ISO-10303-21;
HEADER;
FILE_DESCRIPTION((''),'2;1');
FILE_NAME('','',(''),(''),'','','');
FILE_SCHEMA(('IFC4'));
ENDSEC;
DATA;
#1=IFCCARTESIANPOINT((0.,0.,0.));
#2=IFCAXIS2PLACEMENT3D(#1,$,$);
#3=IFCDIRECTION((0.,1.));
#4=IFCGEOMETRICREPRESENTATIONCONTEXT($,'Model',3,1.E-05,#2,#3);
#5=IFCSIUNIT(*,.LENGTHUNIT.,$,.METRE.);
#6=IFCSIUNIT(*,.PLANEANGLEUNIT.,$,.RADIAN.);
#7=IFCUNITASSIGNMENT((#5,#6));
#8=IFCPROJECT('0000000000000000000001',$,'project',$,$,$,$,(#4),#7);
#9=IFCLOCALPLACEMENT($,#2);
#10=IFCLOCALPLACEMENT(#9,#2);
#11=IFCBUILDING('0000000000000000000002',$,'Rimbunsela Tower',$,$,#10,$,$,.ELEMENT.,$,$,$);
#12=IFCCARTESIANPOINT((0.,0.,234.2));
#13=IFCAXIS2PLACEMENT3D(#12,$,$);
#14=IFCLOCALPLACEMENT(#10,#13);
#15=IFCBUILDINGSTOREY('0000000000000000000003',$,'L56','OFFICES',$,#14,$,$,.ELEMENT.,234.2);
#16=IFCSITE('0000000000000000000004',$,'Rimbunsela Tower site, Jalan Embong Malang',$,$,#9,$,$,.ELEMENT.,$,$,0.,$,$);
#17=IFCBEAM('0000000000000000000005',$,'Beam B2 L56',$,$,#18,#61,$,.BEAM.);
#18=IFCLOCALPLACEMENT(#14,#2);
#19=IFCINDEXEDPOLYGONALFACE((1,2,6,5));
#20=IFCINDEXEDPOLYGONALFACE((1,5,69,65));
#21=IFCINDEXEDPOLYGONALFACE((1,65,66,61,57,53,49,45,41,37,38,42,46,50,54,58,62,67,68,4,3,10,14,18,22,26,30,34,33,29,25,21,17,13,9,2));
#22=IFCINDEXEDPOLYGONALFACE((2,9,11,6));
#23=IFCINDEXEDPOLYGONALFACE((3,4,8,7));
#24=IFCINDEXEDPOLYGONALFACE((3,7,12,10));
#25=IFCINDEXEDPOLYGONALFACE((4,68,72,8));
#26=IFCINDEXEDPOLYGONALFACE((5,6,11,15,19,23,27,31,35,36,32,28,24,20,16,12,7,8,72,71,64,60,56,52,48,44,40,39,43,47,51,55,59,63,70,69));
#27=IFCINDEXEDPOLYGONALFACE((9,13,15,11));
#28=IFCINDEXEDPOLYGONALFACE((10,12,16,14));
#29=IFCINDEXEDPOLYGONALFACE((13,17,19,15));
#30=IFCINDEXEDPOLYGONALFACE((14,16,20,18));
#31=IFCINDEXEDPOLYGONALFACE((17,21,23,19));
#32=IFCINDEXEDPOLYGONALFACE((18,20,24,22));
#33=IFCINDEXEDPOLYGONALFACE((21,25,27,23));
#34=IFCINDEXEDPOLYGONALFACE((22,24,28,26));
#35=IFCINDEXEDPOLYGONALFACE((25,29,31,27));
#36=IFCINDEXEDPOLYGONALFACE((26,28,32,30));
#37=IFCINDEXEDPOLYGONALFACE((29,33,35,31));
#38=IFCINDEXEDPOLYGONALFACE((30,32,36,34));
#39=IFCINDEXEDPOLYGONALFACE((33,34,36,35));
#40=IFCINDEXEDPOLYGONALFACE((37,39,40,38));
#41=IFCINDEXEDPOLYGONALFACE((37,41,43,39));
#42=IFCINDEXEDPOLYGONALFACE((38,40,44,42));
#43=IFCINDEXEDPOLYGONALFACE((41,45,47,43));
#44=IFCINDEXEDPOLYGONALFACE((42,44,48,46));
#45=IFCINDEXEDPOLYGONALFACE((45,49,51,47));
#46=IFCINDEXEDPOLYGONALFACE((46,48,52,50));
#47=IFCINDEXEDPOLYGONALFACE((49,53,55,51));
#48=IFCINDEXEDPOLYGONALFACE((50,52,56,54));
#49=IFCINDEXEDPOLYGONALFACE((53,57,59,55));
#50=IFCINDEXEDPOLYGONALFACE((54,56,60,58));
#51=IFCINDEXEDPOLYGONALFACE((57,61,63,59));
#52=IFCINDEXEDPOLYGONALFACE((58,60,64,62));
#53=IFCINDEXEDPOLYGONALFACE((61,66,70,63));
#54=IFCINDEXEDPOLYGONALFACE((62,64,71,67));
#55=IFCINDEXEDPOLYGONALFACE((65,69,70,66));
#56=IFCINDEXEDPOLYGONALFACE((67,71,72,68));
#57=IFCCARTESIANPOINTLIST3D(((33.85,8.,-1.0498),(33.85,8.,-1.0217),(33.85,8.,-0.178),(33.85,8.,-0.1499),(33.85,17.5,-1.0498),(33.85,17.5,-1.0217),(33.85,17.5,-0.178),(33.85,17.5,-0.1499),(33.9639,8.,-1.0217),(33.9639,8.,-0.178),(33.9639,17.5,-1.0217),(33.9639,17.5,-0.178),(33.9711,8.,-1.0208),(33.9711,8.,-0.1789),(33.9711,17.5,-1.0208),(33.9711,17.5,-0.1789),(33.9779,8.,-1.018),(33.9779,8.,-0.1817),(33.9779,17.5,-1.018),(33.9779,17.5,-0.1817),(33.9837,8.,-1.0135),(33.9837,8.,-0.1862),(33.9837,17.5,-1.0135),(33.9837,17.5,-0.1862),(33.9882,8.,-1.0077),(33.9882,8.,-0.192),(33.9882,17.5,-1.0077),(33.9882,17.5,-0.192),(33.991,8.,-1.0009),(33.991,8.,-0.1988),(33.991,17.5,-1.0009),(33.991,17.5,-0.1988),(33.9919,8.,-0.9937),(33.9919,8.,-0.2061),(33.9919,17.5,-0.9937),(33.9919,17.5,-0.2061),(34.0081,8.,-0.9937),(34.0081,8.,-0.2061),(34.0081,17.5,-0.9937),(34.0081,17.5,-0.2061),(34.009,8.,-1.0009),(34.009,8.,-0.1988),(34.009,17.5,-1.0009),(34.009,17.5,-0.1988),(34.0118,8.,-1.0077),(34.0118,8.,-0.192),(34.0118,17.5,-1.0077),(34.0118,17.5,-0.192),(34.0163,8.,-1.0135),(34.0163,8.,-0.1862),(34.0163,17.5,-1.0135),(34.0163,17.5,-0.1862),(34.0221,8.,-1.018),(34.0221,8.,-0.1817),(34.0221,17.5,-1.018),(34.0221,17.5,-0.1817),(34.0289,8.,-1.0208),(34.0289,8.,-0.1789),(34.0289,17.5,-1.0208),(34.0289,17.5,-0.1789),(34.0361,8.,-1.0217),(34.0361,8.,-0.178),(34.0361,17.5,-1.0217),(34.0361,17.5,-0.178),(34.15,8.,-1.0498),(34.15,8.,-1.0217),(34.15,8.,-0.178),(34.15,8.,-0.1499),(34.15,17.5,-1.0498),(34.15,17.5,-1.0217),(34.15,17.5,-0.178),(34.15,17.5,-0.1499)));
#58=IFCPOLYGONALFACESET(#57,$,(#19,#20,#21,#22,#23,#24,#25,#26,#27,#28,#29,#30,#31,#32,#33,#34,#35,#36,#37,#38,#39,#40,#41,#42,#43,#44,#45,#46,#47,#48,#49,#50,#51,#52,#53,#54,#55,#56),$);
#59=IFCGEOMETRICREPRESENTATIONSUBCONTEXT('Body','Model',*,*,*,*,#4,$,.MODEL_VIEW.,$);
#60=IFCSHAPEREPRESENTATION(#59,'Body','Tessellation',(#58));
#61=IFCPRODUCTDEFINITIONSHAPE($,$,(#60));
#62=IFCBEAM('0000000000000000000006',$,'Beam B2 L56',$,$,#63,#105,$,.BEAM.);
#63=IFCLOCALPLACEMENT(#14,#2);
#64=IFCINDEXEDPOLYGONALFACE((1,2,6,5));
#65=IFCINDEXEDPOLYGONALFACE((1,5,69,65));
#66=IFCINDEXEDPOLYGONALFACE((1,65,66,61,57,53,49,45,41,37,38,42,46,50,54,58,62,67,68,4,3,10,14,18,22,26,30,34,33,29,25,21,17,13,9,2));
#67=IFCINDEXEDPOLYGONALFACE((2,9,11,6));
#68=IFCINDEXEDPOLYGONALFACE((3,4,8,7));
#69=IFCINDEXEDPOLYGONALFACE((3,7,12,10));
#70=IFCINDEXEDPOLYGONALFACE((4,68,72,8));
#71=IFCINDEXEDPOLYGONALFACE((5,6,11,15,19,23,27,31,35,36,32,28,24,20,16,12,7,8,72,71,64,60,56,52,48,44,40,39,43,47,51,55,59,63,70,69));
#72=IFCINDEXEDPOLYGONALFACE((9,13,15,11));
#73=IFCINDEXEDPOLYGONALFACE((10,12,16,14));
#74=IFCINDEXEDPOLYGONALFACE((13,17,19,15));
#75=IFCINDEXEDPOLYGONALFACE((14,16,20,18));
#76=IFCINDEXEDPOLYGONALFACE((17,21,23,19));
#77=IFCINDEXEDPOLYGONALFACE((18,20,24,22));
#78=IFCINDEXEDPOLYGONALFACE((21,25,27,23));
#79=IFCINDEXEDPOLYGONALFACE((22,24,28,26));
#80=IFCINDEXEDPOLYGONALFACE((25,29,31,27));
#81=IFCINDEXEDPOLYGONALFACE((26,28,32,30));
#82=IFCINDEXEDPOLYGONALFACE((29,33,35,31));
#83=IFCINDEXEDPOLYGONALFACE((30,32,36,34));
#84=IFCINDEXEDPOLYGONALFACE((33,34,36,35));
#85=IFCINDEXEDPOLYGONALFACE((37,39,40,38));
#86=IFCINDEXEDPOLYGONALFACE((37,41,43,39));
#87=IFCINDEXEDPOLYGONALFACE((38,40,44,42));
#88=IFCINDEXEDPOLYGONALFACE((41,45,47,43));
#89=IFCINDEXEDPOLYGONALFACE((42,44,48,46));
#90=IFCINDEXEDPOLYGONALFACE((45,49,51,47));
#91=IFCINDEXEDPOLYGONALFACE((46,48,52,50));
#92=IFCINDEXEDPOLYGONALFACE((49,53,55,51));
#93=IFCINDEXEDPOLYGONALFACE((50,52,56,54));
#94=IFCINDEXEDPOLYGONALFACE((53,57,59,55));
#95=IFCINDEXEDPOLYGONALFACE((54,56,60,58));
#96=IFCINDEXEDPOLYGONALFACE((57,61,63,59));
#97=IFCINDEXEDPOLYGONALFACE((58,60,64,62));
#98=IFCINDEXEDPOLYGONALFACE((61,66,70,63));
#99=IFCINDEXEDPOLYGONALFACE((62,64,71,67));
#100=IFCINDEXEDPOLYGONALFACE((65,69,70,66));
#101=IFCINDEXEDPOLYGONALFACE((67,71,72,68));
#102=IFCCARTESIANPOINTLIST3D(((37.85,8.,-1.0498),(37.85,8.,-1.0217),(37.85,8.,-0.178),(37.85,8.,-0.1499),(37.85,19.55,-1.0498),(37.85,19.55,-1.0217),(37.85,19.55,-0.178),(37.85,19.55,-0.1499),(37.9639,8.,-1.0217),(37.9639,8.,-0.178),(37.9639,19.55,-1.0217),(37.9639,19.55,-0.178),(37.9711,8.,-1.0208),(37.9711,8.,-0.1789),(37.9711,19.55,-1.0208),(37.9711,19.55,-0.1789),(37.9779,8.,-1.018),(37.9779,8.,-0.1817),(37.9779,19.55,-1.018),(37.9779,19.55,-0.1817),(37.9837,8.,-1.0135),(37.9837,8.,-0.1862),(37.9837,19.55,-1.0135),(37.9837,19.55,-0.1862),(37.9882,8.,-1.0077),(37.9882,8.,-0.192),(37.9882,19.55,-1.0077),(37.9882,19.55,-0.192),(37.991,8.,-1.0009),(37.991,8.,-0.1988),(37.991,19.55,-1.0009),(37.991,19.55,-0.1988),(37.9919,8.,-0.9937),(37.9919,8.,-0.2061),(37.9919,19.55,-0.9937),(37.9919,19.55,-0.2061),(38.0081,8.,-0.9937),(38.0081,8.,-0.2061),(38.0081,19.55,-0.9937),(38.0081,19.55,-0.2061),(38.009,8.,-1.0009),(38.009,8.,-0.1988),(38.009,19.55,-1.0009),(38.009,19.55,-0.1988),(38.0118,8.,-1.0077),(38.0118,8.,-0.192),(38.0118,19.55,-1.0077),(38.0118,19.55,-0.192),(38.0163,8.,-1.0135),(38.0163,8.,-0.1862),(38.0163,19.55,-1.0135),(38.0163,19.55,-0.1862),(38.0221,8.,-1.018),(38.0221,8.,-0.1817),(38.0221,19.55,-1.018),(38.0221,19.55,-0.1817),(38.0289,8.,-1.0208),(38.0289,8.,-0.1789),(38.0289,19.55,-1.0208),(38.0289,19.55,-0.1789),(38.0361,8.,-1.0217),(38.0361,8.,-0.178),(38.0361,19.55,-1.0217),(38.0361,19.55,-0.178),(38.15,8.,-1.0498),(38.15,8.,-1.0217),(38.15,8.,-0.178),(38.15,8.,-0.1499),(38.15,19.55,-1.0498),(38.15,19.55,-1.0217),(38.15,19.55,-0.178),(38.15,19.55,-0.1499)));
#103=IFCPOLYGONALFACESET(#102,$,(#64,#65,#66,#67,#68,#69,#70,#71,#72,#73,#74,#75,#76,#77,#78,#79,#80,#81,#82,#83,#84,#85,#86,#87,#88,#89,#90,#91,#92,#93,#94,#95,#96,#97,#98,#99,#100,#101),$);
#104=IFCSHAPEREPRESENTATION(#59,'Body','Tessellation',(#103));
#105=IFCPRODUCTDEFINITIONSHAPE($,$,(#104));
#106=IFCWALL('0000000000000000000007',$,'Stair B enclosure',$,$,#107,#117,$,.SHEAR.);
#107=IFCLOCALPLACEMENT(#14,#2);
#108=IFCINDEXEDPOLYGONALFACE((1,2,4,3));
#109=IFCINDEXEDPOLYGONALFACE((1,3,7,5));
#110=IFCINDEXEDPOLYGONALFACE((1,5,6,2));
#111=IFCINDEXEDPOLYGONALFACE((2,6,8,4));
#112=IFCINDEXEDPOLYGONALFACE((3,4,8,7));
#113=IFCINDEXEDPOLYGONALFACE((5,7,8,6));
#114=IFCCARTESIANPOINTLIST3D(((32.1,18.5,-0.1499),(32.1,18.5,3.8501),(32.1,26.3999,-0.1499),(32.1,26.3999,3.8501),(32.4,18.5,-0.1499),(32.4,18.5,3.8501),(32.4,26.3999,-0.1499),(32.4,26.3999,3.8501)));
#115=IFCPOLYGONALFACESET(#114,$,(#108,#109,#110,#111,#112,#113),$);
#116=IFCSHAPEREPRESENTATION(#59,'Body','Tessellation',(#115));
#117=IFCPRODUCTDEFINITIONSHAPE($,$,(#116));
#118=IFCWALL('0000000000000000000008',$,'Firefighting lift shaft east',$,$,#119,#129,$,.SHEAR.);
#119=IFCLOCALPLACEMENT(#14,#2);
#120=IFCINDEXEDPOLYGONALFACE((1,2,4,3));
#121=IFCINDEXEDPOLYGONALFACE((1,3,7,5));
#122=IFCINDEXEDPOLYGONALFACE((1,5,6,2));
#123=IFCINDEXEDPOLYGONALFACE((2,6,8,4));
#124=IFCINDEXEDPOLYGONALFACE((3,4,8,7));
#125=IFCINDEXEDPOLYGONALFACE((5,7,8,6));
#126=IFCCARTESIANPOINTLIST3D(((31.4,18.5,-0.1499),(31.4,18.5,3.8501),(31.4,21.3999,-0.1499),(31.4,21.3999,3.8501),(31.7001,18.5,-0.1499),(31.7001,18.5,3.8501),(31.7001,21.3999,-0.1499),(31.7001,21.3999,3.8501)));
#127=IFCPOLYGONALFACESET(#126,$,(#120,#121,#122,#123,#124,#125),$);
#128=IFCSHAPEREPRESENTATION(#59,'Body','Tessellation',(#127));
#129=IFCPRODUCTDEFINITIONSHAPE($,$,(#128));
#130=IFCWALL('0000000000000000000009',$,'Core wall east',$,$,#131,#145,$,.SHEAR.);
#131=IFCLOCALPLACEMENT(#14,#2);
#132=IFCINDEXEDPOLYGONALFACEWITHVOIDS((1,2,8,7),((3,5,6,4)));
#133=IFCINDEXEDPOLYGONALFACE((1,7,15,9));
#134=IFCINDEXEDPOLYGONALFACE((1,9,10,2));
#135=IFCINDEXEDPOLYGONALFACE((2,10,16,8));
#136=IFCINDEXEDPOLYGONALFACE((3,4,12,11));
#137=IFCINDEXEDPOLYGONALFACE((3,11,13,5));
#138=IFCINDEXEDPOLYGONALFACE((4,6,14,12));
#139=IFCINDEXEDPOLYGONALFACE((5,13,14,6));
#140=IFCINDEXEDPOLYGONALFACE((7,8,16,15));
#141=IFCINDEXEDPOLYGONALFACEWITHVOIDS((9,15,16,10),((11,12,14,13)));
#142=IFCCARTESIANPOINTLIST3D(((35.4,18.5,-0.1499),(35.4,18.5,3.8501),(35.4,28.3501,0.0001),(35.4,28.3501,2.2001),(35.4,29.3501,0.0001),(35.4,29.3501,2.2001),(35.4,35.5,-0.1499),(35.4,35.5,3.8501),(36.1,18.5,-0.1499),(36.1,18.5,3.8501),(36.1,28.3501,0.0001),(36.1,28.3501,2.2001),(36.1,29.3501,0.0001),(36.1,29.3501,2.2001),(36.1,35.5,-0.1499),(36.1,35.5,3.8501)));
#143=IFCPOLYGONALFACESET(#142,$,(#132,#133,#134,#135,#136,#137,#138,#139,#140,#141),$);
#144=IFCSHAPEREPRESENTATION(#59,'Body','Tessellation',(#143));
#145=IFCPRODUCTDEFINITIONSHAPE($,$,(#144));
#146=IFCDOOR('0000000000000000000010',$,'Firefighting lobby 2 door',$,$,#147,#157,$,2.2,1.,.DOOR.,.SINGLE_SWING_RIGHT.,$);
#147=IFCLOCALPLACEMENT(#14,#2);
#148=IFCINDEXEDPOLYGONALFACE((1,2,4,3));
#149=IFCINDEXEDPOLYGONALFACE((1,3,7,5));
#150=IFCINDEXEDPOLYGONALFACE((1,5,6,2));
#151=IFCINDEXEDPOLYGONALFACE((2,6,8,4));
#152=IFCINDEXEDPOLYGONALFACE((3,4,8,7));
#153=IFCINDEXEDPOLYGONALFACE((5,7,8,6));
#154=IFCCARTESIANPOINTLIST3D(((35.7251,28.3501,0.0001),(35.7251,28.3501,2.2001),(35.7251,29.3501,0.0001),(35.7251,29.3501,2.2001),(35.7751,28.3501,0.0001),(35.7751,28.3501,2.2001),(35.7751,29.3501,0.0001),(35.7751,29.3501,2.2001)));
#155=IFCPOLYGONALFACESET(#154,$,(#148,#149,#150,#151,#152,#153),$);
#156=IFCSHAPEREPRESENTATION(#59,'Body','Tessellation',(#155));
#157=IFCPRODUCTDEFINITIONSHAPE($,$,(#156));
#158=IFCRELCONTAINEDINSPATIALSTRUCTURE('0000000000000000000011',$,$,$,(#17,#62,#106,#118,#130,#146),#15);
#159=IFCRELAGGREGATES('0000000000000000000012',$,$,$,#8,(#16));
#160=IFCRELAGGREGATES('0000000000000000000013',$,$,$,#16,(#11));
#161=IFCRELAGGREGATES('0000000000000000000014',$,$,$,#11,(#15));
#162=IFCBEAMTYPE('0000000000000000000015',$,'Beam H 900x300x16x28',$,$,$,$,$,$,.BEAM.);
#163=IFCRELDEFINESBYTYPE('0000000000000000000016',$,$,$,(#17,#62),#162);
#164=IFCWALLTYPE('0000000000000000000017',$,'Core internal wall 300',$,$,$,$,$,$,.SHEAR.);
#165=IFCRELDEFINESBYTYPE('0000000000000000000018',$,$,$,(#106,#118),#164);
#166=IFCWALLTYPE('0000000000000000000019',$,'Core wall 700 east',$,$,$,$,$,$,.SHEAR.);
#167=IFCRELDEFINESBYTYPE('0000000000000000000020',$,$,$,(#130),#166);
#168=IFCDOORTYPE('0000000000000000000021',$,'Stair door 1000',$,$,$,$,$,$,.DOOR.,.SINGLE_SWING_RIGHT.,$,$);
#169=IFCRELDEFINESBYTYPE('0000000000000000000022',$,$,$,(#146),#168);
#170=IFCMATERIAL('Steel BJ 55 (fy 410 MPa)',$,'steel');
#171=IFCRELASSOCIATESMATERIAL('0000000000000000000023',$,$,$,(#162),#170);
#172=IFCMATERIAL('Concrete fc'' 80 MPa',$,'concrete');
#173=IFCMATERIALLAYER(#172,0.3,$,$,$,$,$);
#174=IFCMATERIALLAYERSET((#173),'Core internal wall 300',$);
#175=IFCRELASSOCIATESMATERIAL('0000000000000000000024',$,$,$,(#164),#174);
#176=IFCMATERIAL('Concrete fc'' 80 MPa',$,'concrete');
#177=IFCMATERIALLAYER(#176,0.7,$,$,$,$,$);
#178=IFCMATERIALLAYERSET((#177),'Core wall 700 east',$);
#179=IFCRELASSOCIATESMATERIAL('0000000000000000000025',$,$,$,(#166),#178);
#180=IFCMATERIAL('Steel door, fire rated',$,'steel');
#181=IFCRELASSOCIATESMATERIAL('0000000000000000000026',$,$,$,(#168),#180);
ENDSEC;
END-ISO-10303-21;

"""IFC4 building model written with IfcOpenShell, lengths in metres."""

from ifc_helpers import new_model, si_unit, direction, frame, frame_2d, origin, origin_2d, place, context, subcontext, project, spatial, rectangle, i_section, extrude, material, layer, layer_set, material_profile, profile_set, type_object, element, fill, save


model = new_model("IFC4")

# Units and contexts
model_context = context("Model", 3, precision=1e-05, world=origin(), true_north=direction((0.0, 1.0)))
body_context = subcontext(model_context, "Body", "Model", "MODEL_VIEW")
ifc_project = project(units=[si_unit("LENGTHUNIT", "METRE"), si_unit("PLANEANGLEUNIT", "RADIAN")], contexts=[model_context])

# Site, building, storey
site_placement = place(None, origin())
site = spatial("IfcSite", under=ifc_project, at=site_placement, Name="Rimbunsela Tower site, Jalan Embong Malang", CompositionType="ELEMENT", RefElevation=0.0)
building_placement = place(site_placement, origin())
building = spatial("IfcBuilding", under=site, at=building_placement, Name="Rimbunsela Tower", CompositionType="ELEMENT")
storey_placement = place(building_placement, frame((0.0, 0.0, 234.2)))
storey = spatial("IfcBuildingStorey", under=building, at=storey_placement, Name="L56", Description="OFFICES", CompositionType="ELEMENT", Elevation=234.2)

# Beams
ifc_material_1 = material(Name="Steel BJ 55 (fy 410 MPa)", Category="steel")
ifc_material_profile_1 = material_profile(ifc_material_1, i_section(OverallWidth=0.3, OverallDepth=0.8999, WebThickness=0.0161, FlangeThickness=0.0281, FilletRadius=0.0281, at=origin_2d()), Name="H 900x300x16x28")
ifc_profile_set_1 = profile_set([ifc_material_profile_1], Name="Steel BJ 55 (fy 410 MPa)")
beam_type_1 = type_object("IfcBeamType", Name="Beam H 900x300x16x28", PredefinedType="BEAM", material=ifc_profile_set_1)
for number, where, z_axis, x_axis, name in (
    (1, (34.0, 8.0, -0.5999), (0.0, 1.0, 0.0), (-1.0, 0.0, 0.0), "Beam B2 L56"),
):
    element("IfcBeam", number, at=place(storey_placement, frame(where, z_axis=z_axis, x_axis=x_axis)), inside=storey, type_object=beam_type_1, Name=name, PredefinedType="BEAM", context=body_context, shape_type="SweptSolid", body=[
        extrude(i_section(OverallWidth=0.3, OverallDepth=0.8999, WebThickness=0.0161, FlangeThickness=0.0281, FilletRadius=0.0281, at=origin_2d()), origin(), (0.0, 0.0, 1.0), 9.5),
    ])
beam_1_placement = place(storey_placement, frame((38.0, 8.0, -0.5999), z_axis=(0.0, 1.0, 0.0), x_axis=(-1.0, 0.0, 0.0)))
element("IfcBeam", 2, at=beam_1_placement, inside=storey, type_object=beam_type_1, Name="Beam B2 L56", PredefinedType="BEAM", context=body_context, shape_type="SweptSolid", body=[
    extrude(i_section(OverallWidth=0.3, OverallDepth=0.8999, WebThickness=0.0161, FlangeThickness=0.0281, FilletRadius=0.0281, at=origin_2d()), origin(), (0.0, 0.0, 1.0), 11.55),
])

# Walls
ifc_material_2 = material(Name="Concrete fc' 80 MPa", Category="concrete")
ifc_layer_1 = layer(ifc_material_2, 0.3)
ifc_layer_set_1 = layer_set([ifc_layer_1], Name="Core internal wall 300")
wall_type_1 = type_object("IfcWallType", Name="Core internal wall 300", PredefinedType="SHEAR", material=ifc_layer_set_1)
wall_1_placement = place(storey_placement, frame((32.25, 18.5, -0.1499), z_axis=(0.0, 0.0, 1.0), x_axis=(0.0, 1.0, 0.0)))
element("IfcWall", 3, at=wall_1_placement, inside=storey, type_object=wall_type_1, Name="Stair B enclosure", PredefinedType="SHEAR", context=body_context, shape_type="SweptSolid", body=[
    extrude(rectangle(XDim=7.8999, YDim=0.3, at=frame_2d((3.95, 0.0))), origin(), (0.0, 0.0, 1.0), 4.0),
])
wall_2_placement = place(storey_placement, frame((31.55, 18.5, -0.1499), z_axis=(0.0, 0.0, 1.0), x_axis=(0.0, 1.0, 0.0)))
element("IfcWall", 4, at=wall_2_placement, inside=storey, type_object=wall_type_1, Name="Firefighting lift shaft east", PredefinedType="SHEAR", context=body_context, shape_type="SweptSolid", body=[
    extrude(rectangle(XDim=2.8999, YDim=0.3, at=frame_2d((1.45, 0.0))), origin(), (0.0, 0.0, 1.0), 4.0),
])

# Wall, opening, door
ifc_material_3 = material(Name="Concrete fc' 80 MPa", Category="concrete")
ifc_layer_2 = layer(ifc_material_3, 0.7)
ifc_layer_set_2 = layer_set([ifc_layer_2], Name="Core wall 700 east")
wall_type_2 = type_object("IfcWallType", Name="Core wall 700 east", PredefinedType="SHEAR", material=ifc_layer_set_2)
wall_3_placement = place(storey_placement, frame((35.75, 18.5, -0.1499), z_axis=(0.0, 0.0, 1.0), x_axis=(0.0, 1.0, 0.0)))
wall_3 = element("IfcWall", 5, at=wall_3_placement, inside=storey, type_object=wall_type_2, Name="Core wall east", PredefinedType="SHEAR", context=body_context, shape_type="SweptSolid", body=[
    extrude(rectangle(XDim=17.0, YDim=0.7, at=frame_2d((8.5, 0.0))), origin(), (0.0, 0.0, 1.0), 4.0),
])
opening_1_placement = place(wall_3_placement, frame((9.8501, 0.0, 0.1499)))
opening_1 = element("IfcOpeningElement", 6, at=opening_1_placement, cuts=wall_3, PredefinedType="OPENING", context=body_context, shape_type="SweptSolid", body=[
    extrude(rectangle(XDim=1.0, YDim=2.2, at=frame_2d((0.5, 1.1001))), frame((0.0, 0.3599, 0.0), z_axis=(0.0, -1.0, 0.0), x_axis=(1.0, 0.0, 0.0)), (0.0, 0.0, 1.0), 0.72),
])
ifc_material_4 = material(Name="Steel door, fire rated", Category="steel")
door_type_1 = type_object("IfcDoorType", Name="Stair door 1000", OperationType="SINGLE_SWING_RIGHT", PredefinedType="DOOR", material=ifc_material_4)
door_1_placement = place(opening_1_placement, origin())
door_1 = element("IfcDoor", 7, at=door_1_placement, inside=storey, type_object=door_type_1, Name="Firefighting lobby 2 door", OperationType="SINGLE_SWING_RIGHT", OverallHeight=2.2, OverallWidth=1.0, PredefinedType="DOOR", context=body_context, shape_type="SweptSolid", body=[
    extrude(rectangle(XDim=1.0, YDim=2.2, at=frame_2d((0.5, 1.1001))), frame((0.0, 0.0249, 0.0), z_axis=(0.0, -1.0, 0.0), x_axis=(1.0, 0.0, 0.0)), (0.0, 0.0, 1.0), 0.05),
])
fill(opening_1, door_1)

save(model, "model.ifc")
